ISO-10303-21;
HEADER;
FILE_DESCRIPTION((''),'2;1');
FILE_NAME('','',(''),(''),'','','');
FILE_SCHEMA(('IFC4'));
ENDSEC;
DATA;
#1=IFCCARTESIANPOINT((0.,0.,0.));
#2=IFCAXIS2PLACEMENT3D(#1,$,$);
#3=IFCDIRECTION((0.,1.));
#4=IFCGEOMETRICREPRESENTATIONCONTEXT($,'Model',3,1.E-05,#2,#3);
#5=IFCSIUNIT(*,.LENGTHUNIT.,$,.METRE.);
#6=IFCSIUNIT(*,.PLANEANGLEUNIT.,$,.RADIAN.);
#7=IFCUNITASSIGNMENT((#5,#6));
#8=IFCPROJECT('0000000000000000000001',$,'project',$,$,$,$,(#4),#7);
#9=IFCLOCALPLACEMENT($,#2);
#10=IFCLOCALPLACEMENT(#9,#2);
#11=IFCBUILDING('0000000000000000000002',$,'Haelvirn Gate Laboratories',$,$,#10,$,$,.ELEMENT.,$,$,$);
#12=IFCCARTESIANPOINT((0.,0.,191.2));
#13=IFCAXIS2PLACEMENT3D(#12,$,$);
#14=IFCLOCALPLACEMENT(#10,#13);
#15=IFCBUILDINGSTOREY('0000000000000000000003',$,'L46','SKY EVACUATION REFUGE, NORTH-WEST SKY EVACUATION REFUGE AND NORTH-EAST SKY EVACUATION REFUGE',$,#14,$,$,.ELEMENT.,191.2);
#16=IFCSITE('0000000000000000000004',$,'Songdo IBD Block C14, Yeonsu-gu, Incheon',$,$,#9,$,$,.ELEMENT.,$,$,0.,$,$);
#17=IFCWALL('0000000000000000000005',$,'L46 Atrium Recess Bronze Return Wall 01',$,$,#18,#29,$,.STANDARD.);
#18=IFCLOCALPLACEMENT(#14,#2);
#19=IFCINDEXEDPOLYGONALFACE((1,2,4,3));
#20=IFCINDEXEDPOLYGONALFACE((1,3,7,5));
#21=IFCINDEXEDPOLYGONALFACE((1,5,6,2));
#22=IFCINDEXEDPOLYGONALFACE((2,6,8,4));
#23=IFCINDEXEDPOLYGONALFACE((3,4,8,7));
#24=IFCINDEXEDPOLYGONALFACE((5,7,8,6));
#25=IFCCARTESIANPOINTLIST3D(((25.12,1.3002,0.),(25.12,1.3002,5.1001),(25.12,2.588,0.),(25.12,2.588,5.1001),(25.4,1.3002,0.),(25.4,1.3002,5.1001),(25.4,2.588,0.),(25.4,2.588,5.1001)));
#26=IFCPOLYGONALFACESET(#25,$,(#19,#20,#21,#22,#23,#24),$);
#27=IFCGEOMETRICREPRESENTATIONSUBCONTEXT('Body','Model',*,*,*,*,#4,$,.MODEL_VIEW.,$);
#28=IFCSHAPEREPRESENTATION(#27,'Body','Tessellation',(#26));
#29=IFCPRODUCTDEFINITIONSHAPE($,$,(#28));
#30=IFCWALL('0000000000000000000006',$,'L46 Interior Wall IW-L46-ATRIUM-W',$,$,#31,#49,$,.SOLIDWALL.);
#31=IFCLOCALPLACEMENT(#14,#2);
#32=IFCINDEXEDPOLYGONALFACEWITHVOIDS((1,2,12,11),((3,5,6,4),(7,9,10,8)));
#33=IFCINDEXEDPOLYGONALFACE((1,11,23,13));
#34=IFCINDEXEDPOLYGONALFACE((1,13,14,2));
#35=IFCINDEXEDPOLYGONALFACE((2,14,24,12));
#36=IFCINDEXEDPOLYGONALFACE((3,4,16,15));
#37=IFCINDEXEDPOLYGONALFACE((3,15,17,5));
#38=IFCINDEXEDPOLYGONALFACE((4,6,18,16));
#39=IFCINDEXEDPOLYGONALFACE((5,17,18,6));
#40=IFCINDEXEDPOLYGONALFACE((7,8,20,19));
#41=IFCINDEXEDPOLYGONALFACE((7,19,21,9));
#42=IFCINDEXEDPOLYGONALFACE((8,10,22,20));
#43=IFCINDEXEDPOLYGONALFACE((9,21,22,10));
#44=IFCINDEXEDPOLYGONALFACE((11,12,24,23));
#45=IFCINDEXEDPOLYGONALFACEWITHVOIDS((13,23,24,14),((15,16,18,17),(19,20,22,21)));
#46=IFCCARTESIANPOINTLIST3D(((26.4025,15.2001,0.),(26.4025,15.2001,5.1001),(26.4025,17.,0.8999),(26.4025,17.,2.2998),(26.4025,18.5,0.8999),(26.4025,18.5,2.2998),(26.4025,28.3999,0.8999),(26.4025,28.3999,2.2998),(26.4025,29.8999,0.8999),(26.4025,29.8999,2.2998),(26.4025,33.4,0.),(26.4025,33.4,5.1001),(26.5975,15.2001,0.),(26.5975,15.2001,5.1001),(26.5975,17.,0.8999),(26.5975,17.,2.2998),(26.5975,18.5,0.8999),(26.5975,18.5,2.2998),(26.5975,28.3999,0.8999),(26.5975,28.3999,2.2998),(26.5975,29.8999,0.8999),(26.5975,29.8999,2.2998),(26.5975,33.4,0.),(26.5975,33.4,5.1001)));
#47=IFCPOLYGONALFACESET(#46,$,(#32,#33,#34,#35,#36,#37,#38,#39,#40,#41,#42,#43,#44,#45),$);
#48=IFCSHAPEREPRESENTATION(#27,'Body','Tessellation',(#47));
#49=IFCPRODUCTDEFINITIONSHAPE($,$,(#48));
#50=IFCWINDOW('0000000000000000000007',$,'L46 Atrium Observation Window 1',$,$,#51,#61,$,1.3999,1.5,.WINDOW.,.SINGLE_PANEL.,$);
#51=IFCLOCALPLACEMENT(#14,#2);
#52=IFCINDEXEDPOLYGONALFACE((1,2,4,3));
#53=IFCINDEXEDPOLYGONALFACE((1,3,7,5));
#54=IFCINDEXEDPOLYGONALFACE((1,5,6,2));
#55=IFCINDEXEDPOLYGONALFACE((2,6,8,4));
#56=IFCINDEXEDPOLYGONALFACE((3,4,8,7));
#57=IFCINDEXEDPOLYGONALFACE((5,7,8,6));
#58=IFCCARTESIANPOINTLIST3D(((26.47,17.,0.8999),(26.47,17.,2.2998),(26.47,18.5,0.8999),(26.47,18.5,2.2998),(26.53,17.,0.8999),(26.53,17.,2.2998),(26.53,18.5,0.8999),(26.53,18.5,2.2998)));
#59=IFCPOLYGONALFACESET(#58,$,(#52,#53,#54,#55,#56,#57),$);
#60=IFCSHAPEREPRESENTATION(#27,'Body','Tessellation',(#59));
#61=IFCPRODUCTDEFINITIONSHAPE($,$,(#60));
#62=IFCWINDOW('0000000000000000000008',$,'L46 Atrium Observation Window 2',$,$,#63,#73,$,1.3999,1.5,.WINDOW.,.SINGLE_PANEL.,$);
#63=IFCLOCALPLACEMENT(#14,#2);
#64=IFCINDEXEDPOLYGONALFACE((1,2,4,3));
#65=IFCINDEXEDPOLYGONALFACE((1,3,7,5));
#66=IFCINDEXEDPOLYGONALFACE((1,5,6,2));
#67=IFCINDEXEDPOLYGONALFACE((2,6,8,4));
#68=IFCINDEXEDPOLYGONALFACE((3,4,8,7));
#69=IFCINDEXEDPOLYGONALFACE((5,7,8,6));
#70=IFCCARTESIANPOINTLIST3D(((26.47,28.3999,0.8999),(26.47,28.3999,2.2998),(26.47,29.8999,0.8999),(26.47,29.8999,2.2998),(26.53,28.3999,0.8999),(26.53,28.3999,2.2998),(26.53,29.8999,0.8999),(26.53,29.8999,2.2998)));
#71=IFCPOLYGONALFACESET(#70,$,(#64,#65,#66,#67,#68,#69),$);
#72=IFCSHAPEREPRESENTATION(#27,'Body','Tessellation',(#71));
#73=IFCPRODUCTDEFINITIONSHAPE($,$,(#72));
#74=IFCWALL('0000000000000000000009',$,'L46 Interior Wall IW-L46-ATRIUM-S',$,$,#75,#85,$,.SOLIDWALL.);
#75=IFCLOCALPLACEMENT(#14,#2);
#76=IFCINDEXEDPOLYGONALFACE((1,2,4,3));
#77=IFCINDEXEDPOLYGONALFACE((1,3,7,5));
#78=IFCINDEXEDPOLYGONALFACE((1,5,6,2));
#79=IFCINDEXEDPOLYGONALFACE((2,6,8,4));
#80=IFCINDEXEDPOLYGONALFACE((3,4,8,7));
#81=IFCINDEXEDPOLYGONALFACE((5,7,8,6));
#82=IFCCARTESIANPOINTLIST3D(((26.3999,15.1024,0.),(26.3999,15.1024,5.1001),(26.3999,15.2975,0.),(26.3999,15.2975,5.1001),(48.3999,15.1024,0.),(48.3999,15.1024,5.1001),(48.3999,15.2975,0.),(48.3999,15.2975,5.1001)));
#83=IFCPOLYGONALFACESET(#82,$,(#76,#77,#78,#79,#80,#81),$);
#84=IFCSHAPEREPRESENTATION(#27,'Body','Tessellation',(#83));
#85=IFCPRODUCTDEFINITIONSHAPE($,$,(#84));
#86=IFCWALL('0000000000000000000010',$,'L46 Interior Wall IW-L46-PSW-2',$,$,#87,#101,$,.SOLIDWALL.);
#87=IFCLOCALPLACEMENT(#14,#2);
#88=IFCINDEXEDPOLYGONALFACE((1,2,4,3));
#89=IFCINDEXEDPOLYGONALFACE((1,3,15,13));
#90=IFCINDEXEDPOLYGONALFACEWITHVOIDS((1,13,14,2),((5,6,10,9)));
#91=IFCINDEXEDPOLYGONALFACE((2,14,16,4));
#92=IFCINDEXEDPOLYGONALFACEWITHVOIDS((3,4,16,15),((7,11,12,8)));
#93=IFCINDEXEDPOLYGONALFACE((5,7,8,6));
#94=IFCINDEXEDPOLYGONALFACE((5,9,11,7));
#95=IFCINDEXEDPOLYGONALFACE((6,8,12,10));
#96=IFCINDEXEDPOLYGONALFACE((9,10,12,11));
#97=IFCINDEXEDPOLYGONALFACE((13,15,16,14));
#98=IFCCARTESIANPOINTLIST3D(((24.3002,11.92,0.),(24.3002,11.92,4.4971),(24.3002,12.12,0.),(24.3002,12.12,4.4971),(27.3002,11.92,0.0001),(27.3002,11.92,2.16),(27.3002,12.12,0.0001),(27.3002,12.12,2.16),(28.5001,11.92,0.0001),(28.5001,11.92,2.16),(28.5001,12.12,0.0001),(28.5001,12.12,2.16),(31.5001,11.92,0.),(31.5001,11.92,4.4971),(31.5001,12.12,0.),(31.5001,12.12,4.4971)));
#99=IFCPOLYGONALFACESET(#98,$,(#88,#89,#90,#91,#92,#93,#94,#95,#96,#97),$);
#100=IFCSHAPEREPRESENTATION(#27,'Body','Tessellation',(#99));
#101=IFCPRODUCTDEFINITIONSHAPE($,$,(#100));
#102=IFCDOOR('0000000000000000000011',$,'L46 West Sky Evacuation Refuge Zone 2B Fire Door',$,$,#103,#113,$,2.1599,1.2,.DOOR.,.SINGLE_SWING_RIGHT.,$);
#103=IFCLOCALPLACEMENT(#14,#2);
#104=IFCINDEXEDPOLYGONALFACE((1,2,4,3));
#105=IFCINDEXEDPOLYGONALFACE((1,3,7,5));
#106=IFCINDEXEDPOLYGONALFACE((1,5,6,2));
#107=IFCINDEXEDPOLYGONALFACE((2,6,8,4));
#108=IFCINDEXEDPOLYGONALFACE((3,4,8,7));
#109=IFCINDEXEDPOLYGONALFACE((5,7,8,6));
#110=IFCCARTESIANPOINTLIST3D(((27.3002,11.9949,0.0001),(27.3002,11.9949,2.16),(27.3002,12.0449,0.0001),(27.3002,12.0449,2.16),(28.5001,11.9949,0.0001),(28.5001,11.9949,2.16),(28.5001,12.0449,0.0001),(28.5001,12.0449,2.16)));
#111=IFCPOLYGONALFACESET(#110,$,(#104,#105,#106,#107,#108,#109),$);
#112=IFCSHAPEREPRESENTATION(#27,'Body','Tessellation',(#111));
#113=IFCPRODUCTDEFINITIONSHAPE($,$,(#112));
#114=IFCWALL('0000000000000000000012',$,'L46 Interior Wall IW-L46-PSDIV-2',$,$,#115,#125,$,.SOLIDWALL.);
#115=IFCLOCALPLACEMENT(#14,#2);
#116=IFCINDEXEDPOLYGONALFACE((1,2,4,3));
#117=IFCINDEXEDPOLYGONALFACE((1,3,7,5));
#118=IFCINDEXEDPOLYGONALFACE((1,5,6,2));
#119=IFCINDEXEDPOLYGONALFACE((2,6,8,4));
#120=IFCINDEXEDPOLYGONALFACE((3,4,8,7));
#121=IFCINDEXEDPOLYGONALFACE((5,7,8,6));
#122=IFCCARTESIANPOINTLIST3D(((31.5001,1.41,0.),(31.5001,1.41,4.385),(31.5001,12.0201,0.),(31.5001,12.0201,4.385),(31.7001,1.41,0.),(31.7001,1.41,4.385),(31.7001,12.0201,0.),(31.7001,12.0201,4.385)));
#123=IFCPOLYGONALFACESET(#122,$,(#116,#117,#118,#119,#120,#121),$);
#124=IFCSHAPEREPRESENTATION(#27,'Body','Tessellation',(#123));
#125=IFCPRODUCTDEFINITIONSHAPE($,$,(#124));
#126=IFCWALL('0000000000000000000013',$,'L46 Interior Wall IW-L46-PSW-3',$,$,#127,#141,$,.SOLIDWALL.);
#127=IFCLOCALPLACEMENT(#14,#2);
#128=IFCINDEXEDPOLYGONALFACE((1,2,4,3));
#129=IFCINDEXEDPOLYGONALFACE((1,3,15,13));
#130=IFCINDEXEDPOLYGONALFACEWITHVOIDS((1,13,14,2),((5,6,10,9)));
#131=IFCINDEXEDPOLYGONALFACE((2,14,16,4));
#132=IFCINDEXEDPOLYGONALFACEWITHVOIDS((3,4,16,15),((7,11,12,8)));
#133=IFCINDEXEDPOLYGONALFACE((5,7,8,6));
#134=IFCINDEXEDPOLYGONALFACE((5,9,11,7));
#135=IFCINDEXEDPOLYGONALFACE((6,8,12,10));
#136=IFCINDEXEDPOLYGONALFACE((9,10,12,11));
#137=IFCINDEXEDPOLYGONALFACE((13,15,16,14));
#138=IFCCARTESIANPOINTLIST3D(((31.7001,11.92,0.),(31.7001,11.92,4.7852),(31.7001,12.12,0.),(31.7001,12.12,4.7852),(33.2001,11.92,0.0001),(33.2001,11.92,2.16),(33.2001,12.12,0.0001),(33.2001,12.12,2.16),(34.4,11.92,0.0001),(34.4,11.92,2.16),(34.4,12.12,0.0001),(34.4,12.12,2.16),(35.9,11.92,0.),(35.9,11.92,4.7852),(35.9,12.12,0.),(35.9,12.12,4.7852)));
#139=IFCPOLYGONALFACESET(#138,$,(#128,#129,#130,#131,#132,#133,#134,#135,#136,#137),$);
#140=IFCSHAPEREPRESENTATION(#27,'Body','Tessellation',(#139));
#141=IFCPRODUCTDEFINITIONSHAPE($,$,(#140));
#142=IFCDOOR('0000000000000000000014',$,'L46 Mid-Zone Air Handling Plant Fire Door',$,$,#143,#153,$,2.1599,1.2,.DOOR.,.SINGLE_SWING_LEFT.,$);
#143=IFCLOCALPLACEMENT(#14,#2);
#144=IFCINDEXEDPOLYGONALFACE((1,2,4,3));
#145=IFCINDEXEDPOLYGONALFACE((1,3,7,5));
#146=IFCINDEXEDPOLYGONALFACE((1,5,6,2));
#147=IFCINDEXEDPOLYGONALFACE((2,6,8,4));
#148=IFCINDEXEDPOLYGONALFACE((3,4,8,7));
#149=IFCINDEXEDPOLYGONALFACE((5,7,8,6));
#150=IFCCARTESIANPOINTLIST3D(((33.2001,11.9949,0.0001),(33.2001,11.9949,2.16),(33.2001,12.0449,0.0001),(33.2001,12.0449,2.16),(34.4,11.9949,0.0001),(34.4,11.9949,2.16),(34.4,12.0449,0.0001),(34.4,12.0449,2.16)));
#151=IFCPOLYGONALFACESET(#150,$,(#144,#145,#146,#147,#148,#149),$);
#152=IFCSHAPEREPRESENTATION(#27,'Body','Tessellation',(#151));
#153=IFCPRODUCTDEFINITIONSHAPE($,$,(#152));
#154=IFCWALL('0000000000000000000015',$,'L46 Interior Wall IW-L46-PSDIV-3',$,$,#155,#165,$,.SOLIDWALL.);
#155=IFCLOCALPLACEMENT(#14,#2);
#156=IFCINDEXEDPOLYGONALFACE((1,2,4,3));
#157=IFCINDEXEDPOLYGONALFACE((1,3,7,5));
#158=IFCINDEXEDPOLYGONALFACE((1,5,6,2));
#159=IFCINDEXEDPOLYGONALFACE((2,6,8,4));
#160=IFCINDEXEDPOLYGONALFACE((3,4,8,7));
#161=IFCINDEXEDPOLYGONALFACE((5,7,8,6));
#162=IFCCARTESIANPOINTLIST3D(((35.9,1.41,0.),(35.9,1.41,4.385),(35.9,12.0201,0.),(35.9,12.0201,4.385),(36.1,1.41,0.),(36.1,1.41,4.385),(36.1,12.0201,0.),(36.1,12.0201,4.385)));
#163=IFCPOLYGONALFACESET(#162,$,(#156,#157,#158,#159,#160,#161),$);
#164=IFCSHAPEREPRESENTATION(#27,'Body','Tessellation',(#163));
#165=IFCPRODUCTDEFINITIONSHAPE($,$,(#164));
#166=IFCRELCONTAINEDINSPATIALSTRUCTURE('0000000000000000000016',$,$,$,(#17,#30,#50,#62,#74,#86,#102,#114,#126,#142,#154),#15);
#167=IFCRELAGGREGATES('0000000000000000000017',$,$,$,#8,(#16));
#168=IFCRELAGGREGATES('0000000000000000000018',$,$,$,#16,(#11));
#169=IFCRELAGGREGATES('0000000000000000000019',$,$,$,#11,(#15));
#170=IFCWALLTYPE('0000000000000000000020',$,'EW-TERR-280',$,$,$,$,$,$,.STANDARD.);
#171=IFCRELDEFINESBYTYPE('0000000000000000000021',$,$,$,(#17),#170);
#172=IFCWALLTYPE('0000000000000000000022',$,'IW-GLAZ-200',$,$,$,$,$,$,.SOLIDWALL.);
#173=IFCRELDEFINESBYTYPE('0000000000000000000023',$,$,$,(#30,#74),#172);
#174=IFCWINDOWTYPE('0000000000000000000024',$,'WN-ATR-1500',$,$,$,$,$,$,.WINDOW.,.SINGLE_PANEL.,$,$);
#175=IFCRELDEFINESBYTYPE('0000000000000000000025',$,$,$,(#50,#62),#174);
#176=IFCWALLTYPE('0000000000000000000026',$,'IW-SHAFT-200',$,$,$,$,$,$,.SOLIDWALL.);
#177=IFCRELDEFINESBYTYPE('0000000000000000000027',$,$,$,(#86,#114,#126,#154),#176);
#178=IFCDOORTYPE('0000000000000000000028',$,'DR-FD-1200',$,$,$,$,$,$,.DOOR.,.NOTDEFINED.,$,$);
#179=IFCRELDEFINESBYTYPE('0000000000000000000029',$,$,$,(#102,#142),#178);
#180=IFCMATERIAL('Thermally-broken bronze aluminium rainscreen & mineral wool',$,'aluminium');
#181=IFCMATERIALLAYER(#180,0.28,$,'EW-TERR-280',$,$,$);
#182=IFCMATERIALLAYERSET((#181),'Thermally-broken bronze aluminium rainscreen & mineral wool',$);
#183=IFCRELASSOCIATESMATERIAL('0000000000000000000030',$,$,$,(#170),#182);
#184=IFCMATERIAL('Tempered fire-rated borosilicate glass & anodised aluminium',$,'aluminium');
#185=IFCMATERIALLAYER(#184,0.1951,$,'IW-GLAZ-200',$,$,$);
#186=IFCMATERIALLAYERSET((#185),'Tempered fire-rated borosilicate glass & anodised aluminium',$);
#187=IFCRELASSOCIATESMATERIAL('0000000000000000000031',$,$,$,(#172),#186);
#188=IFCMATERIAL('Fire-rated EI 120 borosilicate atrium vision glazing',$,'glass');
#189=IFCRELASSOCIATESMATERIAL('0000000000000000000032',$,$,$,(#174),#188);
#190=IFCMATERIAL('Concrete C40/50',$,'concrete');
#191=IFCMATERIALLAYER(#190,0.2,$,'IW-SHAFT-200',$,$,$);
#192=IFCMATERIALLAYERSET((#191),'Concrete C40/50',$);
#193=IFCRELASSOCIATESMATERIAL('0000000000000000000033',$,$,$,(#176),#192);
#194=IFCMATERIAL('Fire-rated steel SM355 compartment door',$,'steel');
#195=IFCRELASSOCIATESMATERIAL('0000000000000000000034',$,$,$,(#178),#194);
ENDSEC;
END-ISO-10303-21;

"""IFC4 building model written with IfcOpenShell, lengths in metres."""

from ifc_helpers import new_model, si_unit, direction, frame, frame_2d, origin, place, context, subcontext, project, spatial, rectangle, extrude, source, transform, mapped, material, layer, layer_set, type_object, type_shapes, element, fill, save


model = new_model("IFC4")

# Units and contexts
model_context = context("Model", 3, precision=1e-05, world=origin(), true_north=direction((0.0, 1.0)))
body_context = subcontext(model_context, "Body", "Model", "MODEL_VIEW")
ifc_project = project(units=[si_unit("LENGTHUNIT", "METRE"), si_unit("PLANEANGLEUNIT", "RADIAN")], contexts=[model_context])

# Site, building, storey
site_placement = place(None, origin())
site = spatial("IfcSite", under=ifc_project, at=site_placement, Name="Songdo IBD Block C14, Yeonsu-gu, Incheon", CompositionType="ELEMENT", RefElevation=0.0)
building_placement = place(site_placement, origin())
building = spatial("IfcBuilding", under=site, at=building_placement, Name="Haelvirn Gate Laboratories", CompositionType="ELEMENT")
storey_placement = place(building_placement, frame((0.0, 0.0, 191.2)))
storey = spatial("IfcBuildingStorey", under=building, at=storey_placement, Name="L46", Description="SKY EVACUATION REFUGE, NORTH-WEST SKY EVACUATION REFUGE AND NORTH-EAST SKY EVACUATION REFUGE", CompositionType="ELEMENT", Elevation=191.2)

# Wall
ifc_material_1 = material(Name="Thermally-broken bronze aluminium rainscreen & mineral wool", Category="aluminium")
ifc_layer_1 = layer(ifc_material_1, 0.28, Name="EW-TERR-280")
ifc_layer_set_1 = layer_set([ifc_layer_1], Name="Thermally-broken bronze aluminium rainscreen & mineral wool")
wall_type_1 = type_object("IfcWallType", Name="EW-TERR-280", PredefinedType="STANDARD", material=ifc_layer_set_1)
wall_1_placement = place(storey_placement, frame((25.26, 1.3, 0.0), z_axis=(0.0, 0.0, 1.0), x_axis=(0.0, 1.0, 0.0)))
element("IfcWall", 1, at=wall_1_placement, inside=storey, type_object=wall_type_1, Name="L46 Atrium Recess Bronze Return Wall 01", PredefinedType="STANDARD", context=body_context, shape_type="SweptSolid", body=[
    extrude(rectangle(XDim=1.2878, YDim=0.28, at=frame_2d((0.644, 0.0))), origin(), (0.0, 0.0, 1.0), 5.1001),
])

# Wall, openings, windows
ifc_material_2 = material(Name="Tempered fire-rated borosilicate glass & anodised aluminium", Category="aluminium")
ifc_layer_2 = layer(ifc_material_2, 0.1951, Name="IW-GLAZ-200")
ifc_layer_set_2 = layer_set([ifc_layer_2], Name="Tempered fire-rated borosilicate glass & anodised aluminium")
wall_type_2 = type_object("IfcWallType", Name="IW-GLAZ-200", PredefinedType="SOLIDWALL", material=ifc_layer_set_2)
wall_2_placement = place(storey_placement, frame((26.5, 15.2, 0.0), z_axis=(0.0, 0.0, 1.0), x_axis=(0.0, 1.0, 0.0)))
wall_2 = element("IfcWall", 2, at=wall_2_placement, inside=storey, type_object=wall_type_2, Name="L46 Interior Wall IW-L46-ATRIUM-W", PredefinedType="SOLIDWALL", context=body_context, shape_type="SweptSolid", body=[
    extrude(rectangle(XDim=18.2, YDim=0.1951, at=frame_2d((9.1001, 0.0))), origin(), (0.0, 0.0, 1.0), 5.1001),
])
opening_1_placement = place(wall_2_placement, frame((1.8, 0.0, 0.8999)))
opening_1 = element("IfcOpeningElement", 3, at=opening_1_placement, cuts=wall_2, PredefinedType="OPENING", context=body_context, shape_type="SweptSolid", body=[
    extrude(rectangle(XDim=1.5, YDim=1.3999, at=frame_2d((0.75, 0.7))), frame((0.0, 0.1074, 0.0), z_axis=(0.0, -1.0, 0.0), x_axis=(1.0, 0.0, 0.0)), (0.0, 0.0, 1.0), 0.2151),
])
opening_2_placement = place(wall_2_placement, frame((13.2, 0.0, 0.8999)))
opening_2 = element("IfcOpeningElement", 4, at=opening_2_placement, cuts=wall_2, PredefinedType="OPENING", context=body_context, shape_type="SweptSolid", body=[
    extrude(rectangle(XDim=1.5, YDim=1.3999, at=frame_2d((0.75, 0.7))), frame((0.0, 0.1074, 0.0), z_axis=(0.0, -1.0, 0.0), x_axis=(1.0, 0.0, 0.0)), (0.0, 0.0, 1.0), 0.2151),
])
ifc_material_3 = material(Name="Fire-rated EI 120 borosilicate atrium vision glazing", Category="glass")
window_type = type_object("IfcWindowType", Name="WN-ATR-1500", PartitioningType="SINGLE_PANEL", PredefinedType="WINDOW", material=ifc_material_3)
shared_shape_1 = source(origin(), body_context, "Body", "SweptSolid", [
    extrude(rectangle(XDim=1.5, YDim=1.3999, at=frame_2d((0.75, 0.7))), frame((0.0, 0.03, 0.0), z_axis=(0.0, -1.0, 0.0), x_axis=(1.0, 0.0, 0.0)), (0.0, 0.0, 1.0), 0.0601),
])
type_shapes(window_type, [shared_shape_1])
window_1_placement = place(opening_1_placement, origin())
window_1 = element("IfcWindow", 5, at=window_1_placement, inside=storey, type_object=window_type, Name="L46 Atrium Observation Window 1", OverallHeight=1.3999, OverallWidth=1.5, PartitioningType="SINGLE_PANEL", PredefinedType="WINDOW", context=body_context, shape_type="MappedRepresentation", body=[
    mapped(shared_shape_1, transform((0.0, 0.0, 0.0), scale=1.0)),
])
fill(opening_1, window_1)
window_2_placement = place(opening_2_placement, origin())
window_2 = element("IfcWindow", 6, at=window_2_placement, inside=storey, type_object=window_type, Name="L46 Atrium Observation Window 2", OverallHeight=1.3999, OverallWidth=1.5, PartitioningType="SINGLE_PANEL", PredefinedType="WINDOW", context=body_context, shape_type="MappedRepresentation", body=[
    mapped(shared_shape_1, transform((0.0, 0.0, 0.0), scale=1.0)),
])
fill(opening_2, window_2)

# Wall
wall_3_placement = place(storey_placement, frame((26.3999, 15.2, 0.0), z_axis=(0.0, 0.0, 1.0), x_axis=(1.0, 0.0, 0.0)))
element("IfcWall", 7, at=wall_3_placement, inside=storey, type_object=wall_type_2, Name="L46 Interior Wall IW-L46-ATRIUM-S", PredefinedType="SOLIDWALL", context=body_context, shape_type="SweptSolid", body=[
    extrude(rectangle(XDim=22.0, YDim=0.1951, at=frame_2d((11.0, 0.0))), origin(), (0.0, 0.0, 1.0), 5.1001),
])

# Wall, opening, door
ifc_material_4 = material(Name="Concrete C40/50", Category="concrete")
ifc_layer_3 = layer(ifc_material_4, 0.2, Name="IW-SHAFT-200")
ifc_layer_set_3 = layer_set([ifc_layer_3], Name="Concrete C40/50")
wall_type_3 = type_object("IfcWallType", Name="IW-SHAFT-200", PredefinedType="SOLIDWALL", material=ifc_layer_set_3)
wall_4_placement = place(storey_placement, frame((24.3, 12.02, 0.0), z_axis=(0.0, 0.0, 1.0), x_axis=(1.0, 0.0, 0.0)))
wall_4 = element("IfcWall", 8, at=wall_4_placement, inside=storey, type_object=wall_type_3, Name="L46 Interior Wall IW-L46-PSW-2", PredefinedType="SOLIDWALL", context=body_context, shape_type="SweptSolid", body=[
    extrude(rectangle(XDim=7.2, YDim=0.2, at=frame_2d((3.6001, 0.0))), origin(), (0.0, 0.0, 1.0), 4.4971),
])
opening_3_placement = place(wall_4_placement, frame((3.0, 0.0, 0.0)))
opening_3 = element("IfcOpeningElement", 9, at=opening_3_placement, cuts=wall_4, PredefinedType="OPENING", context=body_context, shape_type="SweptSolid", body=[
    extrude(rectangle(XDim=1.2, YDim=2.1599, at=frame_2d((0.6001, 1.0801))), frame((0.0, 0.1099, 0.0), z_axis=(0.0, -1.0, 0.0), x_axis=(1.0, 0.0, 0.0)), (0.0, 0.0, 1.0), 0.22),
])
ifc_material_5 = material(Name="Fire-rated steel SM355 compartment door", Category="steel")
door_type = type_object("IfcDoorType", Name="DR-FD-1200", OperationType="NOTDEFINED", PredefinedType="DOOR", material=ifc_material_5)
shared_shape_2 = source(origin(), body_context, "Body", "SweptSolid", [
    extrude(rectangle(XDim=1.2, YDim=2.1599, at=frame_2d((0.6001, 1.0801))), frame((0.0, 0.0249, 0.0), z_axis=(0.0, -1.0, 0.0), x_axis=(1.0, 0.0, 0.0)), (0.0, 0.0, 1.0), 0.05),
])
type_shapes(door_type, [shared_shape_2])
door_1_placement = place(opening_3_placement, origin())
door_1 = element("IfcDoor", 10, at=door_1_placement, inside=storey, type_object=door_type, Name="L46 West Sky Evacuation Refuge Zone 2B Fire Door", OperationType="SINGLE_SWING_RIGHT", OverallHeight=2.1599, OverallWidth=1.2, PredefinedType="DOOR", context=body_context, shape_type="MappedRepresentation", body=[
    mapped(shared_shape_2, transform((0.0, 0.0, 0.0), scale=1.0)),
])
fill(opening_3, door_1)

# Wall
wall_5_placement = place(storey_placement, frame((31.6001, 1.4099, 0.0), z_axis=(0.0, 0.0, 1.0), x_axis=(0.0, 1.0, 0.0)))
element("IfcWall", 11, at=wall_5_placement, inside=storey, type_object=wall_type_3, Name="L46 Interior Wall IW-L46-PSDIV-2", PredefinedType="SOLIDWALL", context=body_context, shape_type="SweptSolid", body=[
    extrude(rectangle(XDim=10.6101, YDim=0.2, at=frame_2d((5.3052, 0.0))), origin(), (0.0, 0.0, 1.0), 4.385),
])

# Wall, opening, door
wall_6_placement = place(storey_placement, frame((31.7, 12.02, 0.0), z_axis=(0.0, 0.0, 1.0), x_axis=(1.0, 0.0, 0.0)))
wall_6 = element("IfcWall", 12, at=wall_6_placement, inside=storey, type_object=wall_type_3, Name="L46 Interior Wall IW-L46-PSW-3", PredefinedType="SOLIDWALL", context=body_context, shape_type="SweptSolid", body=[
    extrude(rectangle(XDim=4.2, YDim=0.2, at=frame_2d((2.1001, 0.0))), origin(), (0.0, 0.0, 1.0), 4.7852),
])
opening_4_placement = place(wall_6_placement, frame((1.5, 0.0, 0.0)))
opening_4 = element("IfcOpeningElement", 13, at=opening_4_placement, cuts=wall_6, PredefinedType="OPENING", context=body_context, shape_type="SweptSolid", body=[
    extrude(rectangle(XDim=1.2, YDim=2.1599, at=frame_2d((0.6001, 1.0801))), frame((0.0, 0.1099, 0.0), z_axis=(0.0, -1.0, 0.0), x_axis=(1.0, 0.0, 0.0)), (0.0, 0.0, 1.0), 0.22),
])
door_2_placement = place(opening_4_placement, origin())
door_2 = element("IfcDoor", 14, at=door_2_placement, inside=storey, type_object=door_type, Name="L46 Mid-Zone Air Handling Plant Fire Door", OperationType="SINGLE_SWING_LEFT", OverallHeight=2.1599, OverallWidth=1.2, PredefinedType="DOOR", context=body_context, shape_type="MappedRepresentation", body=[
    mapped(shared_shape_2, transform((0.0, 0.0, 0.0), scale=1.0)),
])
fill(opening_4, door_2)

# Wall
wall_7_placement = place(storey_placement, frame((36.0, 1.4099, 0.0), z_axis=(0.0, 0.0, 1.0), x_axis=(0.0, 1.0, 0.0)))
element("IfcWall", 15, at=wall_7_placement, inside=storey, type_object=wall_type_3, Name="L46 Interior Wall IW-L46-PSDIV-3", PredefinedType="SOLIDWALL", context=body_context, shape_type="SweptSolid", body=[
    extrude(rectangle(XDim=10.6101, YDim=0.2, at=frame_2d((5.3052, 0.0))), origin(), (0.0, 0.0, 1.0), 4.385),
])

save(model, "model.ifc")
